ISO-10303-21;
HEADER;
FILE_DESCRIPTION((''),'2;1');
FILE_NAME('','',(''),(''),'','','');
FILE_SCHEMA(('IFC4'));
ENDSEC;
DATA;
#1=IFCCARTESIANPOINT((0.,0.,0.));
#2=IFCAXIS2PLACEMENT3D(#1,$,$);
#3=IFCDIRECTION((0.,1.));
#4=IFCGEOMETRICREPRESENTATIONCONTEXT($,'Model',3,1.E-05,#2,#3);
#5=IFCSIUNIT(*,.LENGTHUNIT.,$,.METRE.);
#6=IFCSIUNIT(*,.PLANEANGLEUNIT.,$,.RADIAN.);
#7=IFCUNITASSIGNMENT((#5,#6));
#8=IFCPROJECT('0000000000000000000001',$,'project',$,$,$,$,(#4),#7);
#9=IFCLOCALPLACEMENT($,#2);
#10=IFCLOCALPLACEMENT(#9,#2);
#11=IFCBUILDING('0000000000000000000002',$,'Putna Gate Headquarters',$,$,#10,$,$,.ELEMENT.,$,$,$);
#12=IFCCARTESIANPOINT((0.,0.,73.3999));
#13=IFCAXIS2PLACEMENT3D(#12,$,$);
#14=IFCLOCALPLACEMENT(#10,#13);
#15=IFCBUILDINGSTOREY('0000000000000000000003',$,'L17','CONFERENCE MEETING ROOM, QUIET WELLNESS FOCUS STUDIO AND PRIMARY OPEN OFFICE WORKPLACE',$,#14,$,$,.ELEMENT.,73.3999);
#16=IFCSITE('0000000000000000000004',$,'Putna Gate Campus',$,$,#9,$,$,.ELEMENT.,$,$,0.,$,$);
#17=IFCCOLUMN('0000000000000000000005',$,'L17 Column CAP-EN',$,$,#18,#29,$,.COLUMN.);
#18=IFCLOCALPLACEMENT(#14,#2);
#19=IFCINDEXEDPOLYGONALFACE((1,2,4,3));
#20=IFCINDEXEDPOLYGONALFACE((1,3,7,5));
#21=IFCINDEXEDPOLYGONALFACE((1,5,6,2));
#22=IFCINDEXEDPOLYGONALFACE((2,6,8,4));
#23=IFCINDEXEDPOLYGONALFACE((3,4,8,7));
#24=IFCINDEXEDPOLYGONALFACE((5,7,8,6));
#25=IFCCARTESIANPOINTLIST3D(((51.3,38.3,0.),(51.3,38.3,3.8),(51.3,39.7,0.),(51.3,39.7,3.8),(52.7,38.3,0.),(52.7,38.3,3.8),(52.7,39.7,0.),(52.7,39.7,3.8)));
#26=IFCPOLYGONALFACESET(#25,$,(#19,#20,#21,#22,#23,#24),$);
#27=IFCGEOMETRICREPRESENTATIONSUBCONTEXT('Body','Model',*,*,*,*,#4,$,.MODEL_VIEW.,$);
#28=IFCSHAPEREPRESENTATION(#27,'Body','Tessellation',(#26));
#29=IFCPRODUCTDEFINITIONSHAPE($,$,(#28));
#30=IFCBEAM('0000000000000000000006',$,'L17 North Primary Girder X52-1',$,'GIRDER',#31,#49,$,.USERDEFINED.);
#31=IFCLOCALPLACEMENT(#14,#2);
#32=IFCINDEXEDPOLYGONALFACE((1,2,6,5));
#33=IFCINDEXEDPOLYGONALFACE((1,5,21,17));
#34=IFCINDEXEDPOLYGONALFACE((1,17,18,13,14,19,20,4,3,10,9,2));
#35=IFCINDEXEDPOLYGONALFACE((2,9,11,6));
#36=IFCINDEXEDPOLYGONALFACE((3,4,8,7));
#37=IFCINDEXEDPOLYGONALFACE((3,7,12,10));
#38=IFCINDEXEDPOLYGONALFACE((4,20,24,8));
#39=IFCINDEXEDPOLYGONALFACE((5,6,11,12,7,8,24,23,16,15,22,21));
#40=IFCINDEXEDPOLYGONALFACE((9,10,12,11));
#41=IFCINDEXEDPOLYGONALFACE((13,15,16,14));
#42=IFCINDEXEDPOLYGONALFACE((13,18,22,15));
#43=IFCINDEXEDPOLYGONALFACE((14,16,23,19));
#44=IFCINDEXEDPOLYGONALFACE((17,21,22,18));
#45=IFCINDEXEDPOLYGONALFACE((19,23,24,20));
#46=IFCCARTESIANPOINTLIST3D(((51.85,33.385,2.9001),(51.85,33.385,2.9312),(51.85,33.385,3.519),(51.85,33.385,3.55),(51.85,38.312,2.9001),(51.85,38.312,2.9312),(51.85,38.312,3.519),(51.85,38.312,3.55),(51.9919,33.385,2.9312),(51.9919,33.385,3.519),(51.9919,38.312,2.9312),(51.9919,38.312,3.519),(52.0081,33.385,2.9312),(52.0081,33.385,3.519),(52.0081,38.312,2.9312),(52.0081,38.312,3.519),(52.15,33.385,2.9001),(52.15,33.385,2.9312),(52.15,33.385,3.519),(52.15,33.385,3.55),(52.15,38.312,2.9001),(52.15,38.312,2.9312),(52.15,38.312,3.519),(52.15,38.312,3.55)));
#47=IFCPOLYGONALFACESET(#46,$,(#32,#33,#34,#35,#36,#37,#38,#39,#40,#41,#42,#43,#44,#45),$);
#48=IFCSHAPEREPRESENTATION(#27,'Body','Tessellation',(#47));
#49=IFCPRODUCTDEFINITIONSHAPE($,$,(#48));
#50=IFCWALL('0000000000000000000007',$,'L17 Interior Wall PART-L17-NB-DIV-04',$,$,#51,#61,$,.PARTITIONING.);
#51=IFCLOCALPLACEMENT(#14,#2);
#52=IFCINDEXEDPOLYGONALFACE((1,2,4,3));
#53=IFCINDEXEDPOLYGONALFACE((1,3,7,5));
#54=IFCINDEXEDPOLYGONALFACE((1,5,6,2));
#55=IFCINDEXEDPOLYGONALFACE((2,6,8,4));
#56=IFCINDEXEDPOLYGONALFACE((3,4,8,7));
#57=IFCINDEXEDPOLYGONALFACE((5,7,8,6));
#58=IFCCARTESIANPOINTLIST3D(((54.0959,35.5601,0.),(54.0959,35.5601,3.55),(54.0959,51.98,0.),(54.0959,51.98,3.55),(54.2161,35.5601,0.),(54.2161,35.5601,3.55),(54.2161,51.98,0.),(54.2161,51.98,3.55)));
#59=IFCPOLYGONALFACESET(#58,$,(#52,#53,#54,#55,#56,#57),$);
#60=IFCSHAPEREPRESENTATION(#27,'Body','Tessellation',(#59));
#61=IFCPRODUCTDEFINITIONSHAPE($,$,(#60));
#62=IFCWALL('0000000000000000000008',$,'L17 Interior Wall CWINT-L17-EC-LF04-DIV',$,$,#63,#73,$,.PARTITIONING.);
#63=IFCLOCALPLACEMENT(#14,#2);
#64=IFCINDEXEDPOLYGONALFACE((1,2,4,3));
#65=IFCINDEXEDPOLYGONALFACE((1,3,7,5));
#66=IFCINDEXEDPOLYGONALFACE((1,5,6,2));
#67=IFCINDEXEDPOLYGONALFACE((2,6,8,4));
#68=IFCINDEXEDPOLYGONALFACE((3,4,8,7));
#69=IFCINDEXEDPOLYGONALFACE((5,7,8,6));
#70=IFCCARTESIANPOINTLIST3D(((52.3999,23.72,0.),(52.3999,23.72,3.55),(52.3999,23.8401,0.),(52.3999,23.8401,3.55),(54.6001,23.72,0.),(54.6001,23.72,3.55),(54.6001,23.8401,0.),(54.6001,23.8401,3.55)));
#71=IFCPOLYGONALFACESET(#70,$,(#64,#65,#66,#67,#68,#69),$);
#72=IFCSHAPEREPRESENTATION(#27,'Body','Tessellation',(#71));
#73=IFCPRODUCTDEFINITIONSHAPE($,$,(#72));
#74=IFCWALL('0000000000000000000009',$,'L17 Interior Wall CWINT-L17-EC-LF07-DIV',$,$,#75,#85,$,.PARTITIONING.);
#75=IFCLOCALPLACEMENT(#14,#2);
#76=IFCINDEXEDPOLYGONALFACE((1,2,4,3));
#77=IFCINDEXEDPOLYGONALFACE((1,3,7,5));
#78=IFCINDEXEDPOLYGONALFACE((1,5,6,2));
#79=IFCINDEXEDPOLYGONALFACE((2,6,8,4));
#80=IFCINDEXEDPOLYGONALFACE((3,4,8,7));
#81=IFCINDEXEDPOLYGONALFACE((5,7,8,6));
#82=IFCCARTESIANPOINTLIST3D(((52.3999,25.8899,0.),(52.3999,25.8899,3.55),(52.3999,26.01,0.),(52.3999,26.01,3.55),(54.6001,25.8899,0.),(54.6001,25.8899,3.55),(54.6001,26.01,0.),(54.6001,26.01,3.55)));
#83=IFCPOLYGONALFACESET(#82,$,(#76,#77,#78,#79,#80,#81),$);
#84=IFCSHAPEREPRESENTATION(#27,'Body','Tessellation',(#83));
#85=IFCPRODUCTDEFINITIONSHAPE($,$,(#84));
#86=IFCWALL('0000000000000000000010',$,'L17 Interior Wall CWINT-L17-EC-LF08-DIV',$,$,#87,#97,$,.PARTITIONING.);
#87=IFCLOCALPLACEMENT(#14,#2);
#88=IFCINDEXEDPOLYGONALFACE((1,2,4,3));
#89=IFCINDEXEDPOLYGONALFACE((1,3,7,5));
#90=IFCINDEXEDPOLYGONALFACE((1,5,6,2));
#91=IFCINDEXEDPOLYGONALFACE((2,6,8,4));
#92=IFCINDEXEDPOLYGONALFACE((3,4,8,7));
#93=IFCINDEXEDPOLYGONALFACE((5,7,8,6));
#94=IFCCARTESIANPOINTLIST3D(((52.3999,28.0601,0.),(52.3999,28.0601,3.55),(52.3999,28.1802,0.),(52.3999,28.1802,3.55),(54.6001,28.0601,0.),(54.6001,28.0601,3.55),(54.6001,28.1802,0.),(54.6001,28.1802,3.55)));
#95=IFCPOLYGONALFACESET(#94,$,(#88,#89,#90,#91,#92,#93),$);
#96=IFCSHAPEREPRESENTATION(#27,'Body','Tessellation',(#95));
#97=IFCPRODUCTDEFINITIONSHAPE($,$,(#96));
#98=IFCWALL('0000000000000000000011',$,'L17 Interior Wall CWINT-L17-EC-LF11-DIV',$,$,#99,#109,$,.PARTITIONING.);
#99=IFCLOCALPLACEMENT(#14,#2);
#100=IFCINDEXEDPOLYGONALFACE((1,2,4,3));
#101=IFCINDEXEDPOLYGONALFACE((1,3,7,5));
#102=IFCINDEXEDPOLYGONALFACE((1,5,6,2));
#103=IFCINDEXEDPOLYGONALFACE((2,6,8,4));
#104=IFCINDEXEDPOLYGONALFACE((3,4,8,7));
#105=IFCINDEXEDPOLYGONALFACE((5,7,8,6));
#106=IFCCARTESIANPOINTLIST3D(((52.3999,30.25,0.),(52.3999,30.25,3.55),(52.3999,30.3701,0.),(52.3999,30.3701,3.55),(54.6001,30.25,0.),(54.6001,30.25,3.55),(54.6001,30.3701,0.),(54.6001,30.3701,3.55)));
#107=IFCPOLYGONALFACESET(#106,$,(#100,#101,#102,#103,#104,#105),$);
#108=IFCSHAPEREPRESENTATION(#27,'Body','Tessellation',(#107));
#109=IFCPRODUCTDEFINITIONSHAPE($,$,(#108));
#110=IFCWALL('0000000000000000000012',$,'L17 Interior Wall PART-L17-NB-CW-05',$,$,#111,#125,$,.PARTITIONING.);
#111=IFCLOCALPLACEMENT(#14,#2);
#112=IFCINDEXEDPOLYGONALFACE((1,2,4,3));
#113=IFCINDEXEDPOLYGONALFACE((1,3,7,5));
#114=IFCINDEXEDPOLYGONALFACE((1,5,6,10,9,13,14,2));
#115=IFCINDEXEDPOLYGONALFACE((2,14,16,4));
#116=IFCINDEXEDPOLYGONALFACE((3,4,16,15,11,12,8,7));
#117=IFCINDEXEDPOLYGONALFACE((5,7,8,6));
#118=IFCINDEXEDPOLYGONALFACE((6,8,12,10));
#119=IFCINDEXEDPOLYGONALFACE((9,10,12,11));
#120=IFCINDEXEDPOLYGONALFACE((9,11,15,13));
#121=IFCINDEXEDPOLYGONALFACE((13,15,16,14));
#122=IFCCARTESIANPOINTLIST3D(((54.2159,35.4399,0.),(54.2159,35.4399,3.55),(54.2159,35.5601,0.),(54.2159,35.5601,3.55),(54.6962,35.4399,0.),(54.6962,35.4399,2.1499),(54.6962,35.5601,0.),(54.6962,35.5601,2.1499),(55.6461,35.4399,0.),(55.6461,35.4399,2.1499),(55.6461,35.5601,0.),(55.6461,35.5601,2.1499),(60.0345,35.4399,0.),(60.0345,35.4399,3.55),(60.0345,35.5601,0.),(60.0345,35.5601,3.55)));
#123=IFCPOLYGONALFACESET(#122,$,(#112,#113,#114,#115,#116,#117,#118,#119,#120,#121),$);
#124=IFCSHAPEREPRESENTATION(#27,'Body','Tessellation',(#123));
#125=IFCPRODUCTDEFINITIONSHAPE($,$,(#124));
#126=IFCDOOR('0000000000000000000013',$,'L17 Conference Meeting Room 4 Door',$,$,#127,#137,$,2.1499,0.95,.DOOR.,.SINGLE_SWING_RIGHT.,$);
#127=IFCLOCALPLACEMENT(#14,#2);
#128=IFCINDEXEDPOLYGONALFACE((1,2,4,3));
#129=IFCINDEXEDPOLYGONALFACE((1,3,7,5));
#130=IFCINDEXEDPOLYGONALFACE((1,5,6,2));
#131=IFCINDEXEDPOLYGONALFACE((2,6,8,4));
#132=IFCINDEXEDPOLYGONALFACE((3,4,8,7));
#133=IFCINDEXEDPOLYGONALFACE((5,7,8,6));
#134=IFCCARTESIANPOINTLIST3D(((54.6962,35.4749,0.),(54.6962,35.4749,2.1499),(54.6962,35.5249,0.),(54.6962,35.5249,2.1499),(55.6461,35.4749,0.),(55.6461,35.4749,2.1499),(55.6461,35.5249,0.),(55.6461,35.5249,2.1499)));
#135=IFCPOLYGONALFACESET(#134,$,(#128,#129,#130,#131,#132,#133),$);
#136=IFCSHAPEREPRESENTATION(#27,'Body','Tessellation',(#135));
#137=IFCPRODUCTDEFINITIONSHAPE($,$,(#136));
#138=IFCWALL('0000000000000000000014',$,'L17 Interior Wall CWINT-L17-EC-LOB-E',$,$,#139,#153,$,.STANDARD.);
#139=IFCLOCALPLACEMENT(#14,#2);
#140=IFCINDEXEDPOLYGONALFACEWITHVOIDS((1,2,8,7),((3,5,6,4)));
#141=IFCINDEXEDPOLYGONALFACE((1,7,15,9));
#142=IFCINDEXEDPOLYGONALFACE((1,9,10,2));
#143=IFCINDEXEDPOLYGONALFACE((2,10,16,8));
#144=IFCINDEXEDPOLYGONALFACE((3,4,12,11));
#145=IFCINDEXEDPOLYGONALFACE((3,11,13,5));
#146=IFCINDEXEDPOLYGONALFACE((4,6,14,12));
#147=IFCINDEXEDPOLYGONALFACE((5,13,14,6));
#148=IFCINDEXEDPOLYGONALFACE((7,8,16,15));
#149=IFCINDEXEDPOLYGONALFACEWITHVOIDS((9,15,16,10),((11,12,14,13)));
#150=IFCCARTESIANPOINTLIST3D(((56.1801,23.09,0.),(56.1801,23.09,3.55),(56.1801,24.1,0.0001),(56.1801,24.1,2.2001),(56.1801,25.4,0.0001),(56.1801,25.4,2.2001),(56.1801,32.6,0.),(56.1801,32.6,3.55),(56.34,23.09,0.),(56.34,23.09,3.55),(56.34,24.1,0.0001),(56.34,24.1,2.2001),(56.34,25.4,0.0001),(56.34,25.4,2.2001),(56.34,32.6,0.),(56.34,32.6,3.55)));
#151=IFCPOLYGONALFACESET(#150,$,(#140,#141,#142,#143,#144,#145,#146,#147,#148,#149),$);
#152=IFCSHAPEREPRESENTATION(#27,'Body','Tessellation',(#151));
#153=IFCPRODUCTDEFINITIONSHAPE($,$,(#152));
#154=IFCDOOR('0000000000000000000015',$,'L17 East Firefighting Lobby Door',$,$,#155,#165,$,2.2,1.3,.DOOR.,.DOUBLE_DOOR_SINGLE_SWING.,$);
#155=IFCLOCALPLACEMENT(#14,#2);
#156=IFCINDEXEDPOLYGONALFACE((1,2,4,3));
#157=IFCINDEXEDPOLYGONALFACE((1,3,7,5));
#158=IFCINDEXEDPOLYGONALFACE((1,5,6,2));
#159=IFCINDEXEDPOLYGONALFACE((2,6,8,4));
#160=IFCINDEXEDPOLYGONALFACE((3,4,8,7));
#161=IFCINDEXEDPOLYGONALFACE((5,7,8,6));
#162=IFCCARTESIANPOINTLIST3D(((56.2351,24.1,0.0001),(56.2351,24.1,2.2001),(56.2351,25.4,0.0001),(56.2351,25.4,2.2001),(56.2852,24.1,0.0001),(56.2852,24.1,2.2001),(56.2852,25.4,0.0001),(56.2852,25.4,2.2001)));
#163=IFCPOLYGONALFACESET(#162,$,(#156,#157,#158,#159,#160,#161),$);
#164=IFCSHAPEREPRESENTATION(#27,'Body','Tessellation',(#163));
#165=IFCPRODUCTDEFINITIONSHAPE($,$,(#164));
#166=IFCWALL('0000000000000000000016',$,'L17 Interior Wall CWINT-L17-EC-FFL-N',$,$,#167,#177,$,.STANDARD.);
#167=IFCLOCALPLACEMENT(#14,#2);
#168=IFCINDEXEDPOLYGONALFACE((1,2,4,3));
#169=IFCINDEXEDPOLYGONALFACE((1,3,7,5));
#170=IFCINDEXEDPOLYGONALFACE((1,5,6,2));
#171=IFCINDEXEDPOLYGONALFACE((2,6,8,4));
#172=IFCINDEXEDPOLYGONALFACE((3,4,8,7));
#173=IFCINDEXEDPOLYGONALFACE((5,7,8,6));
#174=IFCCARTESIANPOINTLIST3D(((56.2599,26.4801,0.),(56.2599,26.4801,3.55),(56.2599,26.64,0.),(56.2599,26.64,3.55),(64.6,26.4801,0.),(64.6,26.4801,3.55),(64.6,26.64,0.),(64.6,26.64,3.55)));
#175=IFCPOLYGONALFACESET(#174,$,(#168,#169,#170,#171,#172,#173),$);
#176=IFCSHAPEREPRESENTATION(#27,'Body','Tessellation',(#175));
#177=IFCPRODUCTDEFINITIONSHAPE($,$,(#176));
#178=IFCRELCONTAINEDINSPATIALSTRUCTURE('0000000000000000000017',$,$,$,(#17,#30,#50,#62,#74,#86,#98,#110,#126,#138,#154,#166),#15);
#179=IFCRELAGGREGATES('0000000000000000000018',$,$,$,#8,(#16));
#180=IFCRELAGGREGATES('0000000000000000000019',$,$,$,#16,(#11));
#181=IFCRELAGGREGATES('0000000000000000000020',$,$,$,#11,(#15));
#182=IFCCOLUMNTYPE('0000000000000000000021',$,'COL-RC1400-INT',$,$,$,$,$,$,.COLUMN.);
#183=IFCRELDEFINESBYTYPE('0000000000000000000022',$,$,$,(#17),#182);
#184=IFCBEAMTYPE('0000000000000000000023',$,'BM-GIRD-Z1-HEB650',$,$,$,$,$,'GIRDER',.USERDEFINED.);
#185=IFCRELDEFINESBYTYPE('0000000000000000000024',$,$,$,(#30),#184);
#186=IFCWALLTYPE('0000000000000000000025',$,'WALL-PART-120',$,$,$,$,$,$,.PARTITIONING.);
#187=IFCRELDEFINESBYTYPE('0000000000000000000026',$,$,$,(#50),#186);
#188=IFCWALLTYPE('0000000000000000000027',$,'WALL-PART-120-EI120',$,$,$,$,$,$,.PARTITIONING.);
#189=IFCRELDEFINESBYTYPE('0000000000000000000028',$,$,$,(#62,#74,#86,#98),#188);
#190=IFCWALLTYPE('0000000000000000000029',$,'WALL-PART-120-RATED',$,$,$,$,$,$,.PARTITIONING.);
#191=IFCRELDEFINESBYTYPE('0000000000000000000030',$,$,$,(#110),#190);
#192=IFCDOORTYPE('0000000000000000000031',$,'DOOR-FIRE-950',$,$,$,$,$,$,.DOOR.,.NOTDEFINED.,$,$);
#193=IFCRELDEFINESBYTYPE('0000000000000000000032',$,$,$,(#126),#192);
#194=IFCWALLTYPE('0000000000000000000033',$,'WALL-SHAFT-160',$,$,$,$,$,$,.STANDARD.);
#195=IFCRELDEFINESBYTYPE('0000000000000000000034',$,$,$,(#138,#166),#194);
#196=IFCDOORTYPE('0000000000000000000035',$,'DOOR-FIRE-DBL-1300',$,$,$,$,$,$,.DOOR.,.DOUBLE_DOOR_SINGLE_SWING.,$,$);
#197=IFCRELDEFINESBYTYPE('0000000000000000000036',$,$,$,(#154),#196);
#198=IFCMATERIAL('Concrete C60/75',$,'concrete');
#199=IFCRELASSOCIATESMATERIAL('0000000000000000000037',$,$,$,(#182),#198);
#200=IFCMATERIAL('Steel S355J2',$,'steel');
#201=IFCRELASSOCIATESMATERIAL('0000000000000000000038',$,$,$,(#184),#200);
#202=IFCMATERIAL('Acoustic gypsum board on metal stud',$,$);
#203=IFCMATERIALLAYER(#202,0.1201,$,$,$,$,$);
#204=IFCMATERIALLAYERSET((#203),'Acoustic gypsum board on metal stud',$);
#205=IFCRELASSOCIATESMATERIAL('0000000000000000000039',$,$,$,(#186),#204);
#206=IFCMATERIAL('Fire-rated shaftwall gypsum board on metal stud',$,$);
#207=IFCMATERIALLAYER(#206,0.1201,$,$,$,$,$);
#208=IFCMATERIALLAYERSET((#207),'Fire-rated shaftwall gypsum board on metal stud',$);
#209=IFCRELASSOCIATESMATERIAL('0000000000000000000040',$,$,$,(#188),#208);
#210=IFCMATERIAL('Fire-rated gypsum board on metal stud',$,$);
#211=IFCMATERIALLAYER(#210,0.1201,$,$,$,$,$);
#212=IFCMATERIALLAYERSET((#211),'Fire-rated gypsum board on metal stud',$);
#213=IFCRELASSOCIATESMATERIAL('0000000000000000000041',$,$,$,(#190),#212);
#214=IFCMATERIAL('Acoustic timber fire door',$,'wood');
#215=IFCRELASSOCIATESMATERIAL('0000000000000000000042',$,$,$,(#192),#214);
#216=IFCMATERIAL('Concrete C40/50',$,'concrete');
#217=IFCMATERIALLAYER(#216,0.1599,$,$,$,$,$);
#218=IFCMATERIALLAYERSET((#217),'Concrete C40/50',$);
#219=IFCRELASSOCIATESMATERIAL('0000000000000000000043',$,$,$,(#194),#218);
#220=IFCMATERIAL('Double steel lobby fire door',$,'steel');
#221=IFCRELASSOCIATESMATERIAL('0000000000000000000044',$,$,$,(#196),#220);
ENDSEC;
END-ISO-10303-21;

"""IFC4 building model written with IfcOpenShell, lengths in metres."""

from ifc_helpers import new_model, si_unit, direction, frame, frame_2d, origin, origin_2d, place, context, subcontext, project, spatial, rectangle, i_section, extrude, material, layer, layer_set, material_profile, profile_set, type_object, element, fill, save


model = new_model("IFC4")

# Units and contexts
model_context = context("Model", 3, precision=1e-05, world=origin(), true_north=direction((0.0, 1.0)))
body_context = subcontext(model_context, "Body", "Model", "MODEL_VIEW")
ifc_project = project(units=[si_unit("LENGTHUNIT", "METRE"), si_unit("PLANEANGLEUNIT", "RADIAN")], contexts=[model_context])

# Site, building, storey
site_placement = place(None, origin())
site = spatial("IfcSite", under=ifc_project, at=site_placement, Name="Putna Gate Campus", CompositionType="ELEMENT", RefElevation=0.0)
building_placement = place(site_placement, origin())
building = spatial("IfcBuilding", under=site, at=building_placement, Name="Putna Gate Headquarters", CompositionType="ELEMENT")
storey_placement = place(building_placement, frame((0.0, 0.0, 73.3999)))
storey = spatial("IfcBuildingStorey", under=building, at=storey_placement, Name="L17", Description="CONFERENCE MEETING ROOM, QUIET WELLNESS FOCUS STUDIO AND PRIMARY OPEN OFFICE WORKPLACE", CompositionType="ELEMENT", Elevation=73.3999)

# Column
ifc_material_1 = material(Name="Concrete C60/75", Category="concrete")
ifc_material_profile_1 = material_profile(ifc_material_1, rectangle(XDim=1.3999, YDim=1.3999, at=origin_2d()), Name="Concrete C60/75")
ifc_profile_set_1 = profile_set([ifc_material_profile_1], Name="Concrete C60/75")
column_type = type_object("IfcColumnType", Name="COL-RC1400-INT", PredefinedType="COLUMN", material=ifc_profile_set_1)
column_placement = place(storey_placement, frame((52.0, 39.0, 0.0), z_axis=(0.0, 0.0, 1.0), x_axis=(1.0, 0.0, 0.0)))
element("IfcColumn", 1, at=column_placement, inside=storey, type_object=column_type, Name="L17 Column CAP-EN", PredefinedType="COLUMN", context=body_context, shape_type="SweptSolid", body=[
    extrude(rectangle(XDim=1.3999, YDim=1.3999, at=origin_2d()), origin(), (0.0, 0.0, 1.0), 3.8),
])

# Beam
ifc_material_2 = material(Name="Steel S355J2", Category="steel")
ifc_material_profile_2 = material_profile(ifc_material_2, i_section(OverallWidth=0.3, OverallDepth=0.6499, WebThickness=0.0161, FlangeThickness=0.031, at=origin_2d()), Name="Steel S355J2")
ifc_profile_set_2 = profile_set([ifc_material_profile_2], Name="Steel S355J2")
beam_type = type_object("IfcBeamType", Name="BM-GIRD-Z1-HEB650", ElementType="GIRDER", PredefinedType="USERDEFINED", material=ifc_profile_set_2)
beam_placement = place(storey_placement, frame((52.0, 33.385, 3.2251), z_axis=(0.0, 1.0, 0.0), x_axis=(-1.0, 0.0, 0.0)))
element("IfcBeam", 2, at=beam_placement, inside=storey, type_object=beam_type, Name="L17 North Primary Girder X52-1", ObjectType="GIRDER", PredefinedType="USERDEFINED", context=body_context, shape_type="SweptSolid", body=[
    extrude(i_section(OverallWidth=0.3, OverallDepth=0.6499, WebThickness=0.0161, FlangeThickness=0.031, at=origin_2d()), origin(), (0.0, 0.0, 1.0), 4.927),
])

# Walls
ifc_material_3 = material(Name="Acoustic gypsum board on metal stud")
ifc_layer_1 = layer(ifc_material_3, 0.1201)
ifc_layer_set_1 = layer_set([ifc_layer_1], Name="Acoustic gypsum board on metal stud")
wall_type_1 = type_object("IfcWallType", Name="WALL-PART-120", PredefinedType="PARTITIONING", material=ifc_layer_set_1)
wall_1_placement = place(storey_placement, frame((54.156, 35.5601, 0.0), z_axis=(0.0, 0.0, 1.0), x_axis=(0.0, 1.0, 0.0)))
element("IfcWall", 3, at=wall_1_placement, inside=storey, type_object=wall_type_1, Name="L17 Interior Wall PART-L17-NB-DIV-04", PredefinedType="PARTITIONING", context=body_context, shape_type="SweptSolid", body=[
    extrude(rectangle(XDim=16.4199, YDim=0.1201, at=frame_2d((8.21, 0.0))), origin(), (0.0, 0.0, 1.0), 3.55),
])
ifc_material_4 = material(Name="Fire-rated shaftwall gypsum board on metal stud")
ifc_layer_2 = layer(ifc_material_4, 0.1201)
ifc_layer_set_2 = layer_set([ifc_layer_2], Name="Fire-rated shaftwall gypsum board on metal stud")
wall_type_2 = type_object("IfcWallType", Name="WALL-PART-120-EI120", PredefinedType="PARTITIONING", material=ifc_layer_set_2)
for number, where, z_axis, x_axis, name in (
    (4, (52.3999, 23.78, 0.0), (0.0, 0.0, 1.0), (1.0, 0.0, 0.0), "L17 Interior Wall CWINT-L17-EC-LF04-DIV"),
    (5, (52.3999, 25.95, 0.0), (0.0, 0.0, 1.0), (1.0, 0.0, 0.0), "L17 Interior Wall CWINT-L17-EC-LF07-DIV"),
    (6, (52.3999, 28.1201, 0.0), (0.0, 0.0, 1.0), (1.0, 0.0, 0.0), "L17 Interior Wall CWINT-L17-EC-LF08-DIV"),
    (7, (52.3999, 30.3101, 0.0), (0.0, 0.0, 1.0), (1.0, 0.0, 0.0), "L17 Interior Wall CWINT-L17-EC-LF11-DIV"),
):
    element("IfcWall", number, at=place(storey_placement, frame(where, z_axis=z_axis, x_axis=x_axis)), inside=storey, type_object=wall_type_2, Name=name, PredefinedType="PARTITIONING", context=body_context, shape_type="SweptSolid", body=[
        extrude(rectangle(XDim=2.2002, YDim=0.1201, at=frame_2d((1.1001, 0.0))), origin(), (0.0, 0.0, 1.0), 3.55),
    ])

# Walls, openings, doors
ifc_material_5 = material(Name="Fire-rated gypsum board on metal stud")
ifc_layer_3 = layer(ifc_material_5, 0.1201)
ifc_layer_set_3 = layer_set([ifc_layer_3], Name="Fire-rated gypsum board on metal stud")
wall_type_3 = type_object("IfcWallType", Name="WALL-PART-120-RATED", PredefinedType="PARTITIONING", material=ifc_layer_set_3)
wall_2_placement = place(storey_placement, frame((54.2161, 35.5, 0.0), z_axis=(0.0, 0.0, 1.0), x_axis=(1.0, 0.0, 0.0)))
wall_2 = element("IfcWall", 8, at=wall_2_placement, inside=storey, type_object=wall_type_3, Name="L17 Interior Wall PART-L17-NB-CW-05", PredefinedType="PARTITIONING", context=body_context, shape_type="SweptSolid", body=[
    extrude(rectangle(XDim=5.8186, YDim=0.1201, at=frame_2d((2.9092, 0.0))), origin(), (0.0, 0.0, 1.0), 3.55),
])
opening_1_placement = place(wall_2_placement, frame((0.48, 0.0, 0.0)))
opening_1 = element("IfcOpeningElement", 9, at=opening_1_placement, cuts=wall_2, PredefinedType="OPENING", context=body_context, shape_type="SweptSolid", body=[
    extrude(rectangle(XDim=0.95, YDim=2.1499, at=frame_2d((0.4751, 1.075))), frame((0.0, 0.0701, 0.0), z_axis=(0.0, -1.0, 0.0), x_axis=(1.0, 0.0, 0.0)), (0.0, 0.0, 1.0), 0.1401),
])
ifc_material_6 = material(Name="Acoustic timber fire door", Category="wood")
door_type_1 = type_object("IfcDoorType", Name="DOOR-FIRE-950", OperationType="NOTDEFINED", PredefinedType="DOOR", material=ifc_material_6)
door_1_placement = place(opening_1_placement, origin())
door_1 = element("IfcDoor", 10, at=door_1_placement, inside=storey, type_object=door_type_1, Name="L17 Conference Meeting Room 4 Door", OperationType="SINGLE_SWING_RIGHT", OverallHeight=2.1499, OverallWidth=0.95, PredefinedType="DOOR", context=body_context, shape_type="SweptSolid", body=[
    extrude(rectangle(XDim=0.95, YDim=2.1499, at=frame_2d((0.4751, 1.075))), frame((0.0, 0.0249, 0.0), z_axis=(0.0, -1.0, 0.0), x_axis=(1.0, 0.0, 0.0)), (0.0, 0.0, 1.0), 0.05),
])
fill(opening_1, door_1)
ifc_material_7 = material(Name="Concrete C40/50", Category="concrete")
ifc_layer_4 = layer(ifc_material_7, 0.1599)
ifc_layer_set_4 = layer_set([ifc_layer_4], Name="Concrete C40/50")
wall_type_4 = type_object("IfcWallType", Name="WALL-SHAFT-160", PredefinedType="STANDARD", material=ifc_layer_set_4)
wall_3_placement = place(storey_placement, frame((56.26, 23.0901, 0.0), z_axis=(0.0, 0.0, 1.0), x_axis=(0.0, 1.0, 0.0)))
wall_3 = element("IfcWall", 11, at=wall_3_placement, inside=storey, type_object=wall_type_4, Name="L17 Interior Wall CWINT-L17-EC-LOB-E", PredefinedType="STANDARD", context=body_context, shape_type="SweptSolid", body=[
    extrude(rectangle(XDim=9.51, YDim=0.1599, at=frame_2d((4.7549, 0.0))), origin(), (0.0, 0.0, 1.0), 3.55),
])
opening_2_placement = place(wall_3_placement, frame((1.01, 0.0, 0.0)))
opening_2 = element("IfcOpeningElement", 12, at=opening_2_placement, cuts=wall_3, PredefinedType="OPENING", context=body_context, shape_type="SweptSolid", body=[
    extrude(rectangle(XDim=1.3, YDim=2.2, at=frame_2d((0.6499, 1.1001))), frame((0.0, 0.0898, 0.0), z_axis=(0.0, -1.0, 0.0), x_axis=(1.0, 0.0, 0.0)), (0.0, 0.0, 1.0), 0.1799),
])
ifc_material_8 = material(Name="Double steel lobby fire door", Category="steel")
door_type_2 = type_object("IfcDoorType", Name="DOOR-FIRE-DBL-1300", OperationType="DOUBLE_DOOR_SINGLE_SWING", PredefinedType="DOOR", material=ifc_material_8)
door_2_placement = place(opening_2_placement, origin())
door_2 = element("IfcDoor", 13, at=door_2_placement, inside=storey, type_object=door_type_2, Name="L17 East Firefighting Lobby Door", OperationType="DOUBLE_DOOR_SINGLE_SWING", OverallHeight=2.2, OverallWidth=1.3, PredefinedType="DOOR", context=body_context, shape_type="SweptSolid", body=[
    extrude(rectangle(XDim=1.3, YDim=2.2, at=frame_2d((0.6499, 1.1001))), frame((0.0, 0.0249, 0.0), z_axis=(0.0, -1.0, 0.0), x_axis=(1.0, 0.0, 0.0)), (0.0, 0.0, 1.0), 0.05),
])
fill(opening_2, door_2)

# Wall
wall_4_placement = place(storey_placement, frame((56.26, 26.5601, 0.0), z_axis=(0.0, 0.0, 1.0), x_axis=(1.0, 0.0, 0.0)))
element("IfcWall", 14, at=wall_4_placement, inside=storey, type_object=wall_type_4, Name="L17 Interior Wall CWINT-L17-EC-FFL-N", PredefinedType="STANDARD", context=body_context, shape_type="SweptSolid", body=[
    extrude(rectangle(XDim=8.3401, YDim=0.1599, at=frame_2d((4.1699, 0.0))), origin(), (0.0, 0.0, 1.0), 3.55),
])

save(model, "model.ifc")
